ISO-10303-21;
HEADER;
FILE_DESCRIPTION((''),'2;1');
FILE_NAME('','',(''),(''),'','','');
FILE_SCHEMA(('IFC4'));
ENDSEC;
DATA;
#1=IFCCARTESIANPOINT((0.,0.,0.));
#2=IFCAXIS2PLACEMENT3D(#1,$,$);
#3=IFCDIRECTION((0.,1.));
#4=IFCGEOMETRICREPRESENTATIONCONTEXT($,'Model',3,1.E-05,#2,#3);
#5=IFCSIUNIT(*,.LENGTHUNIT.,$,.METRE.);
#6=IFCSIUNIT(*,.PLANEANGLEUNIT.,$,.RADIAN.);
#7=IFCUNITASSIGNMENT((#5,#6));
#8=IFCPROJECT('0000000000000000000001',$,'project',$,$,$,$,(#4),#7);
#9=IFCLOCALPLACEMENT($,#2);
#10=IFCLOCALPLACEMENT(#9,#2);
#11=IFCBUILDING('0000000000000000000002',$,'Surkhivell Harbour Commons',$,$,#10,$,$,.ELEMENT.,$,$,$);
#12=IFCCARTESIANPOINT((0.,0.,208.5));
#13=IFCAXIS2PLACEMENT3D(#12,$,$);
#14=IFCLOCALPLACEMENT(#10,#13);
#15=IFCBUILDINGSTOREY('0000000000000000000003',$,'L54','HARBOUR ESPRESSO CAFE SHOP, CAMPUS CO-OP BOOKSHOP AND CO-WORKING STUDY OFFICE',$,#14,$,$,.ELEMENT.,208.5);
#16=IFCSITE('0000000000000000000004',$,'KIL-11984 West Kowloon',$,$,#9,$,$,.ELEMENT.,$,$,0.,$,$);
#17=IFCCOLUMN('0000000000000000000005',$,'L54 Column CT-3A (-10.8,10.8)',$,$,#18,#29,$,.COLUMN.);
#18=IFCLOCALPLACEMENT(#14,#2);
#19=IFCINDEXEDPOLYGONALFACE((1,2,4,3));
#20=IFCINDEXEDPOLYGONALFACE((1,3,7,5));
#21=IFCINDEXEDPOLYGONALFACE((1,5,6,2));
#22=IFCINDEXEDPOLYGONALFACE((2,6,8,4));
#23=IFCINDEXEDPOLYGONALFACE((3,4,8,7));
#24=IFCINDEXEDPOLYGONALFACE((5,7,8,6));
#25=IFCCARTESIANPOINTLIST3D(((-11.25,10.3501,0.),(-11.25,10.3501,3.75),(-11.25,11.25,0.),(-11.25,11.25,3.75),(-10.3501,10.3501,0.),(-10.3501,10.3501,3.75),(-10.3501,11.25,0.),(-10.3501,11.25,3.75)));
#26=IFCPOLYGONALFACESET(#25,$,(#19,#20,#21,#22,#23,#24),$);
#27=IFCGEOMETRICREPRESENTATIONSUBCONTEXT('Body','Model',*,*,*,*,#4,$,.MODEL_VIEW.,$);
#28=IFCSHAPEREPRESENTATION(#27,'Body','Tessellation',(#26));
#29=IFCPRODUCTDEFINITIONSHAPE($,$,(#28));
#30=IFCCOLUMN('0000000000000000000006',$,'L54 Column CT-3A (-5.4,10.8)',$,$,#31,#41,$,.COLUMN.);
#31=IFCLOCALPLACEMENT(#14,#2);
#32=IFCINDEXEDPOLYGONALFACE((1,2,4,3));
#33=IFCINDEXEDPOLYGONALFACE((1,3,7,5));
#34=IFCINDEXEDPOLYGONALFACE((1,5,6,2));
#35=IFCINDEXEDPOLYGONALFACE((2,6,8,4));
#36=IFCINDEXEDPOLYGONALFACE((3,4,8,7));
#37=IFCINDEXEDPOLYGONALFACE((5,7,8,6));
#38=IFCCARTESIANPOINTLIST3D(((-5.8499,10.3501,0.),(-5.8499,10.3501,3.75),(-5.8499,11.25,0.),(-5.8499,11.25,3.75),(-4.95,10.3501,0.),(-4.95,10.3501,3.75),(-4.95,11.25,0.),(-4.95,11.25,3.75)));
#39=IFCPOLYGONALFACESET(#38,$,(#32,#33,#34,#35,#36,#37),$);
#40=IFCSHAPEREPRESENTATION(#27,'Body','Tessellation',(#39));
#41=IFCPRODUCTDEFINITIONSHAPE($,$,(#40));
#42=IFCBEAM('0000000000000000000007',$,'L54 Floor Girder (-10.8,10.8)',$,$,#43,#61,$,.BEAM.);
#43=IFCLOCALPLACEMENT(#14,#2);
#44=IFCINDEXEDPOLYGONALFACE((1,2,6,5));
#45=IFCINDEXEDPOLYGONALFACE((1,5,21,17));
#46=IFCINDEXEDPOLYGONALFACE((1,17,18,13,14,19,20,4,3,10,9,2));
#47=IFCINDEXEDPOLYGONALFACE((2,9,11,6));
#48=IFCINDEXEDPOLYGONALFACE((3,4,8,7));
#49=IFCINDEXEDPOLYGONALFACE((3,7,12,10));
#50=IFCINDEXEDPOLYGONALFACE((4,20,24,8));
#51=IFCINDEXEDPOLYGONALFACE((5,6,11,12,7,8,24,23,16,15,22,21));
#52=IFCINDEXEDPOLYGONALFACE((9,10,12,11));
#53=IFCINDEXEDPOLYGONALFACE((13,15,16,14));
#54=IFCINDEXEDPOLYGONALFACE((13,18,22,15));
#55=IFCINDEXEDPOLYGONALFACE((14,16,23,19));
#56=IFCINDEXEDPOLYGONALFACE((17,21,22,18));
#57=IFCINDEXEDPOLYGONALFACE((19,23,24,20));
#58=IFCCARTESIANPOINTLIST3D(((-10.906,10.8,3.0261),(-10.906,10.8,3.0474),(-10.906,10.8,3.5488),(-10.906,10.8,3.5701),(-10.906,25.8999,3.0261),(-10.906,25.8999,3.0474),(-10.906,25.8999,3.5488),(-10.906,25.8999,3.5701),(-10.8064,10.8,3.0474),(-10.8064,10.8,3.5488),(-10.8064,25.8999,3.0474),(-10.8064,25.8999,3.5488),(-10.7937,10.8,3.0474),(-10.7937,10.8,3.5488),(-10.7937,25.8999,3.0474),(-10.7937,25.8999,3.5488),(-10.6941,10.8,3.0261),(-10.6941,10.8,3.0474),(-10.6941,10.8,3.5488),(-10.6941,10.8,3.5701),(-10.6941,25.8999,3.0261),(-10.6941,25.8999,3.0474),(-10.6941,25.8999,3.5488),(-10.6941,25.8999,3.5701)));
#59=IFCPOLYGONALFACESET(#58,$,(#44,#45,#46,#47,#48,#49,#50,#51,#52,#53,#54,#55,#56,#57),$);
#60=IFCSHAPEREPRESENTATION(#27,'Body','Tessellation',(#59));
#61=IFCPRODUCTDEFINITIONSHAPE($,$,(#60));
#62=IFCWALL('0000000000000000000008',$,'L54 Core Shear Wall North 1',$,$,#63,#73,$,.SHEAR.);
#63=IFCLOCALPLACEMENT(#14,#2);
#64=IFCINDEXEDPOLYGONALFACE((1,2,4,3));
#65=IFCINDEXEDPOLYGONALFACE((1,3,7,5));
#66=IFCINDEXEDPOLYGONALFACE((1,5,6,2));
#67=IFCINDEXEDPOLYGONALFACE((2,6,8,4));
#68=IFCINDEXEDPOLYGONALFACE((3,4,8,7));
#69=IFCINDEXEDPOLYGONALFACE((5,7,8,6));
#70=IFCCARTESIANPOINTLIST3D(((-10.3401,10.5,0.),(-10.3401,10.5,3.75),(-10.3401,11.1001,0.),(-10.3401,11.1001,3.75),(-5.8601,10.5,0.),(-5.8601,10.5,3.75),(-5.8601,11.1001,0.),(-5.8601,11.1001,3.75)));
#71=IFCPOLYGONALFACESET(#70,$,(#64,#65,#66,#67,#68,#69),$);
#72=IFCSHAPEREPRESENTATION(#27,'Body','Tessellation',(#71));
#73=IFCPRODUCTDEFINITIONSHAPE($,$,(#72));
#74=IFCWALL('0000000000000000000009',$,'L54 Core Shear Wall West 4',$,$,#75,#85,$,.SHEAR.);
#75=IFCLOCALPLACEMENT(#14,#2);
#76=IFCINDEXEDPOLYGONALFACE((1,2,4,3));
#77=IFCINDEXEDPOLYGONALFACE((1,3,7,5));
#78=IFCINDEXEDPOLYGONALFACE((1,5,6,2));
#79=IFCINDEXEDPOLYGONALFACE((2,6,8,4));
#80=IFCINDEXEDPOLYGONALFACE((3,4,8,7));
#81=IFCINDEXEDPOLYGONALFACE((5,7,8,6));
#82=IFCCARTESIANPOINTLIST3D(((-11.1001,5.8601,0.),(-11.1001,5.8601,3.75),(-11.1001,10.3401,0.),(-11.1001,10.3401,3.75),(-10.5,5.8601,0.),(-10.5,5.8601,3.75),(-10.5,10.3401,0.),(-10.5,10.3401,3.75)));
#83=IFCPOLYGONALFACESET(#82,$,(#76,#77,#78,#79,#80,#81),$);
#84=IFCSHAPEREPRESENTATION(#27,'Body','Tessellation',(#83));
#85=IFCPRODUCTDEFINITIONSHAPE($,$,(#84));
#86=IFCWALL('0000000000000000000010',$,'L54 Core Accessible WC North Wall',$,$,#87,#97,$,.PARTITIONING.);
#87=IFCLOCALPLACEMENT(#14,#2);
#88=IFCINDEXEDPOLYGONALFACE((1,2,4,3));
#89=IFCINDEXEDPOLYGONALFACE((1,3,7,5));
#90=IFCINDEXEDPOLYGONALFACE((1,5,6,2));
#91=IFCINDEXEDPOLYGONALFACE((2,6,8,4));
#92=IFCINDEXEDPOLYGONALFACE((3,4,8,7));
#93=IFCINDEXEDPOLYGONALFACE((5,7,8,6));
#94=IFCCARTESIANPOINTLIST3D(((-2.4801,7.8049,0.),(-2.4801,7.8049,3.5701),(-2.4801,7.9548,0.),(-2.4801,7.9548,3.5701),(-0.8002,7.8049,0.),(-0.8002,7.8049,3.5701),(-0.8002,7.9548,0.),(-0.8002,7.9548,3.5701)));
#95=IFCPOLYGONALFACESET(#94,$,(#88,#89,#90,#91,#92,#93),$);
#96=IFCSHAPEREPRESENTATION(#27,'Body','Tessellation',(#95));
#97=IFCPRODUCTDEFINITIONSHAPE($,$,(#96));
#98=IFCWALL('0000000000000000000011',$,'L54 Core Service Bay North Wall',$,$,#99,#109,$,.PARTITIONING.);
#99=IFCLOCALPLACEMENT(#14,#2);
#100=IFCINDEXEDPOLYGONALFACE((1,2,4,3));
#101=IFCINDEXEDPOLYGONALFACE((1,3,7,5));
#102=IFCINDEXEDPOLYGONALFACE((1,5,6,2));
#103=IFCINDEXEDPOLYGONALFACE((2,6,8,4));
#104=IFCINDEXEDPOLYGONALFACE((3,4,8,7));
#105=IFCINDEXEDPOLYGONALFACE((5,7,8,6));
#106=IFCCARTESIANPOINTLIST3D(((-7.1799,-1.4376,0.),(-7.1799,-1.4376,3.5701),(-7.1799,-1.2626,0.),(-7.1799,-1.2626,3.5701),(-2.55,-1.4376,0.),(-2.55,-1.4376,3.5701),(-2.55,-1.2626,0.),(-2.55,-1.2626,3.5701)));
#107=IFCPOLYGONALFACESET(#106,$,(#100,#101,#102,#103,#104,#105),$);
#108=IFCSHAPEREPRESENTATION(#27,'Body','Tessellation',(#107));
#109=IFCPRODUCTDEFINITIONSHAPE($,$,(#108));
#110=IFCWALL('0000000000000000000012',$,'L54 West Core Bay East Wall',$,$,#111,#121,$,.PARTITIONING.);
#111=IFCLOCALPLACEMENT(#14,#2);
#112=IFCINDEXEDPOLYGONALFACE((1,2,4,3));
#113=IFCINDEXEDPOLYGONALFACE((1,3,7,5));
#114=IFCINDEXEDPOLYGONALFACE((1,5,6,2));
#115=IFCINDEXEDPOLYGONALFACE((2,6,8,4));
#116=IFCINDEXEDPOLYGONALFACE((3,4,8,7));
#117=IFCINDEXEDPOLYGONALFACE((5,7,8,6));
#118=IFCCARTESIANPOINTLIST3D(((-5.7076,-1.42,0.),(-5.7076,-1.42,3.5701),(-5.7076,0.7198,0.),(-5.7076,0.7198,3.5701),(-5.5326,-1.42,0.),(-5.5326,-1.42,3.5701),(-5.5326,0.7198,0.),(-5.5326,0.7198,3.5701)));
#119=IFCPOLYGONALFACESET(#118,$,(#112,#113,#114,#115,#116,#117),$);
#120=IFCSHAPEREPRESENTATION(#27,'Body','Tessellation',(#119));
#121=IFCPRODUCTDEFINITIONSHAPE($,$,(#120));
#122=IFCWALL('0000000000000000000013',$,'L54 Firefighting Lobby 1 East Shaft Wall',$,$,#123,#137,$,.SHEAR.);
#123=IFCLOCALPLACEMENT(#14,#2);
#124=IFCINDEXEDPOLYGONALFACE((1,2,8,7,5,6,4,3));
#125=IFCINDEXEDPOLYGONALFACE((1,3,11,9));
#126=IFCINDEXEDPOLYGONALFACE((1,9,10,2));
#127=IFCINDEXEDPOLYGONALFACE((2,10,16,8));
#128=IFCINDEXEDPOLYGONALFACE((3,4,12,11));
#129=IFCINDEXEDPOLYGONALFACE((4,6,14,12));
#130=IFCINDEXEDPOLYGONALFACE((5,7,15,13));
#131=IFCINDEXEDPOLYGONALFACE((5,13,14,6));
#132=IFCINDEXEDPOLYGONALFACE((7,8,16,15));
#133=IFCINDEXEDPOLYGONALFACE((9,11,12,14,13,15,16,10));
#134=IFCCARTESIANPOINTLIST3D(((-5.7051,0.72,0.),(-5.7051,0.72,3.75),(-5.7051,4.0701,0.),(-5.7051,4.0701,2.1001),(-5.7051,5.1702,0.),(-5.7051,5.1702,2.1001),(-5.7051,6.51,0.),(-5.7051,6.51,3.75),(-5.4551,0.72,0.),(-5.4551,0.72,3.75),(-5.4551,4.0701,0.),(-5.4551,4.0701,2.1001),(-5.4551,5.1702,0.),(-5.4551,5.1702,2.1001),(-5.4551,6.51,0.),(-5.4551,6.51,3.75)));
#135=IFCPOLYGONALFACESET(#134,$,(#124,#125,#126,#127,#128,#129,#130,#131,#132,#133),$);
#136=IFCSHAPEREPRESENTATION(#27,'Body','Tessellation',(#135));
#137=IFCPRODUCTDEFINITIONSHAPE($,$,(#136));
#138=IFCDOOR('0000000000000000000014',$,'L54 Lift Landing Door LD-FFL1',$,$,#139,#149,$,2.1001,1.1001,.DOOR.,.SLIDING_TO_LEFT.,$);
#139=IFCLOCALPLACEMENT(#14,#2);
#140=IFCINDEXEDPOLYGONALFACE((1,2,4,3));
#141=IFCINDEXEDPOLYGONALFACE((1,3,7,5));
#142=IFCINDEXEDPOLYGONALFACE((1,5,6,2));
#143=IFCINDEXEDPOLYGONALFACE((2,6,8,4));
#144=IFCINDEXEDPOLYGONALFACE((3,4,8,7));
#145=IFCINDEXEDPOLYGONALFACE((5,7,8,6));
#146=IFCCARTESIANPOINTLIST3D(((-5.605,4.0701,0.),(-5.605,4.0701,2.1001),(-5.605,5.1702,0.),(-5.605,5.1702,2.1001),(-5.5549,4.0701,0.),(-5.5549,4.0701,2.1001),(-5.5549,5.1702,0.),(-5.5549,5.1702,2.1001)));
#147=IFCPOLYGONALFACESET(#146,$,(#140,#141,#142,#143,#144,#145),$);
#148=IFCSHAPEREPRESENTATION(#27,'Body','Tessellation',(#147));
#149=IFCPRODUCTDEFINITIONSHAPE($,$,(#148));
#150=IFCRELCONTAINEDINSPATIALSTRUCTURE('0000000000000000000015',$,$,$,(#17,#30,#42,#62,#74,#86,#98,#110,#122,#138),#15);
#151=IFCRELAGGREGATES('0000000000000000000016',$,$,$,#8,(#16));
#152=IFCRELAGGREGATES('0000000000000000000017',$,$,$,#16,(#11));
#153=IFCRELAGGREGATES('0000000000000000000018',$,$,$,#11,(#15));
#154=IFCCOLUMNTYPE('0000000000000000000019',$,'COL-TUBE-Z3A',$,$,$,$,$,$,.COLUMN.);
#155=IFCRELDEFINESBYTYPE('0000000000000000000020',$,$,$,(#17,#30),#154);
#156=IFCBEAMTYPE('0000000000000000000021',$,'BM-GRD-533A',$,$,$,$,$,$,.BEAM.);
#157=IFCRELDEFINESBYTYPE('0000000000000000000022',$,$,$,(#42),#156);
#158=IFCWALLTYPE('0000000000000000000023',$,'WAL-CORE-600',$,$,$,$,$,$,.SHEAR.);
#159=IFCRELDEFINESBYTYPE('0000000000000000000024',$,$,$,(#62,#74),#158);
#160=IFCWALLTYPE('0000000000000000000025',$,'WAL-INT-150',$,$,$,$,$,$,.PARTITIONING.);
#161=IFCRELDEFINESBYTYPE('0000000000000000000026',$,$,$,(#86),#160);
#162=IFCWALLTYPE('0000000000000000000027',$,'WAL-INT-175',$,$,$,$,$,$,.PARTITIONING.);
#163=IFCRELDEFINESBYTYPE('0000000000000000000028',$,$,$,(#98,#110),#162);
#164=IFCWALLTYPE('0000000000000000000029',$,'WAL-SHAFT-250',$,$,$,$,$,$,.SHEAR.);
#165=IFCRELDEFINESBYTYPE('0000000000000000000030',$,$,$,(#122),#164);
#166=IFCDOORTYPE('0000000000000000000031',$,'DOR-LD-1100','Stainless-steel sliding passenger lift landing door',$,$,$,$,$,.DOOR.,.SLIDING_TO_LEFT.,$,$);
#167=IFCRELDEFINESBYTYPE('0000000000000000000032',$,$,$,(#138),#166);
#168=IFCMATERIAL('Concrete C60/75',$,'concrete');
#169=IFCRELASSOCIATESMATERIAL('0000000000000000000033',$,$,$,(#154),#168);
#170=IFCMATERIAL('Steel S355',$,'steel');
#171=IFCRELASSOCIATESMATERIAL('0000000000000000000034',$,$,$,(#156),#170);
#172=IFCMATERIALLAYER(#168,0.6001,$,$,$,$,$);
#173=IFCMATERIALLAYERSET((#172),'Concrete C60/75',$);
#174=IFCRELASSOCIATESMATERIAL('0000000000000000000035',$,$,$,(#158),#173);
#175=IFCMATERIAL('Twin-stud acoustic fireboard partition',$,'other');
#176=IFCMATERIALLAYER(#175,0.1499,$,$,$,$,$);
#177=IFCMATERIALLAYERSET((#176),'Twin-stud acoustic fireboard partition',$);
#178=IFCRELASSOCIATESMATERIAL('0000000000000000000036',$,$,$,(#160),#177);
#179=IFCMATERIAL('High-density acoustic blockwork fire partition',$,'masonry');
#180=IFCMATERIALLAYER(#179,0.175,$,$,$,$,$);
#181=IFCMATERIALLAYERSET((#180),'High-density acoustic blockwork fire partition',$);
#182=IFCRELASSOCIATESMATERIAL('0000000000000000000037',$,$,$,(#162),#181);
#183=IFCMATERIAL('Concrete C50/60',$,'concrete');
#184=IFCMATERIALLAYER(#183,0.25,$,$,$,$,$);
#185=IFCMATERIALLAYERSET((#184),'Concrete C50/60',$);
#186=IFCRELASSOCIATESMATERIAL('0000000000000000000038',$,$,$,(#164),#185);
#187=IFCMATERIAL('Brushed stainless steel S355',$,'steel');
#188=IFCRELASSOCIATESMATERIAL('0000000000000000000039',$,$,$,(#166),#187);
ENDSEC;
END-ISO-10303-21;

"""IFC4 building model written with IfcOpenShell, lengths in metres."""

from ifc_helpers import new_model, si_unit, direction, frame, frame_2d, origin, origin_2d, place, context, subcontext, project, spatial, rectangle, i_section, extrude, material, layer, layer_set, material_profile, profile_set, type_object, element, fill, save


model = new_model("IFC4")

# Units and contexts
model_context = context("Model", 3, precision=1e-05, world=origin(), true_north=direction((0.0, 1.0)))
body_context = subcontext(model_context, "Body", "Model", "MODEL_VIEW")
ifc_project = project(units=[si_unit("LENGTHUNIT", "METRE"), si_unit("PLANEANGLEUNIT", "RADIAN")], contexts=[model_context])

# Site, building, storey
site_placement = place(None, origin())
site = spatial("IfcSite", under=ifc_project, at=site_placement, Name="KIL-11984 West Kowloon", CompositionType="ELEMENT", RefElevation=0.0)
building_placement = place(site_placement, origin())
building = spatial("IfcBuilding", under=site, at=building_placement, Name="Surkhivell Harbour Commons", CompositionType="ELEMENT")
storey_placement = place(building_placement, frame((0.0, 0.0, 208.5)))
storey = spatial("IfcBuildingStorey", under=building, at=storey_placement, Name="L54", Description="HARBOUR ESPRESSO CAFE SHOP, CAMPUS CO-OP BOOKSHOP AND CO-WORKING STUDY OFFICE", CompositionType="ELEMENT", Elevation=208.5)

# Columns
ifc_material_1 = material(Name="Concrete C60/75", Category="concrete")
ifc_material_profile_1 = material_profile(ifc_material_1, rectangle(XDim=0.8999, YDim=0.8999, at=origin_2d()), Name="RC-COL-900x900")
ifc_profile_set_1 = profile_set([ifc_material_profile_1], Name="Concrete C60/75")
column_type = type_object("IfcColumnType", Name="COL-TUBE-Z3A", PredefinedType="COLUMN", material=ifc_profile_set_1)
for number, where, z_axis, x_axis, name in (
    (1, (-10.8, 10.8, 0.0), (0.0, 0.0, 1.0), (1.0, 0.0, 0.0), "L54 Column CT-3A (-10.8,10.8)"),
    (2, (-5.3999, 10.8, 0.0), (0.0, 0.0, 1.0), (1.0, 0.0, 0.0), "L54 Column CT-3A (-5.4,10.8)"),
):
    element("IfcColumn", number, at=place(storey_placement, frame(where, z_axis=z_axis, x_axis=x_axis)), inside=storey, type_object=column_type, Name=name, PredefinedType="COLUMN", context=body_context, shape_type="SweptSolid", body=[
        extrude(rectangle(XDim=0.8999, YDim=0.8999, at=origin_2d()), origin(), (0.0, 0.0, 1.0), 3.75),
    ])

# Beam
ifc_material_2 = material(Name="Steel S355", Category="steel")
ifc_material_profile_2 = material_profile(ifc_material_2, i_section(OverallWidth=0.2119, OverallDepth=0.5439, WebThickness=0.0127, FlangeThickness=0.0212, at=origin_2d()), Name="UB533x210x122")
ifc_profile_set_2 = profile_set([ifc_material_profile_2], Name="Steel S355")
beam_type = type_object("IfcBeamType", Name="BM-GRD-533A", PredefinedType="BEAM", material=ifc_profile_set_2)
beam_placement = place(storey_placement, frame((-10.8, 10.8, 3.2981), z_axis=(0.0, 1.0, 0.0), x_axis=(-1.0, 0.0, 0.0)))
element("IfcBeam", 3, at=beam_placement, inside=storey, type_object=beam_type, Name="L54 Floor Girder (-10.8,10.8)", PredefinedType="BEAM", context=body_context, shape_type="SweptSolid", body=[
    extrude(i_section(OverallWidth=0.2119, OverallDepth=0.5439, WebThickness=0.0127, FlangeThickness=0.0212, at=origin_2d()), origin(), (0.0, 0.0, 1.0), 15.0999),
])

# Walls
ifc_layer_1 = layer(ifc_material_1, 0.6001)
ifc_layer_set_1 = layer_set([ifc_layer_1], Name="Concrete C60/75")
wall_type_1 = type_object("IfcWallType", Name="WAL-CORE-600", PredefinedType="SHEAR", material=ifc_layer_set_1)
for number, where, z_axis, x_axis, name in (
    (4, (-10.3401, 10.8, 0.0), (0.0, 0.0, 1.0), (1.0, 0.0, 0.0), "L54 Core Shear Wall North 1"),
    (5, (-10.8, 5.8601, 0.0), (0.0, 0.0, 1.0), (0.0, 1.0, 0.0), "L54 Core Shear Wall West 4"),
):
    element("IfcWall", number, at=place(storey_placement, frame(where, z_axis=z_axis, x_axis=x_axis)), inside=storey, type_object=wall_type_1, Name=name, PredefinedType="SHEAR", context=body_context, shape_type="SweptSolid", body=[
        extrude(rectangle(XDim=4.48, YDim=0.6001, at=frame_2d((2.24, 0.0))), origin(), (0.0, 0.0, 1.0), 3.75),
    ])
ifc_material_3 = material(Name="Twin-stud acoustic fireboard partition", Category="other")
ifc_layer_2 = layer(ifc_material_3, 0.1499)
ifc_layer_set_2 = layer_set([ifc_layer_2], Name="Twin-stud acoustic fireboard partition")
wall_type_2 = type_object("IfcWallType", Name="WAL-INT-150", PredefinedType="PARTITIONING", material=ifc_layer_set_2)
wall_1_placement = place(storey_placement, frame((-2.48, 7.8799, 0.0), z_axis=(0.0, 0.0, 1.0), x_axis=(1.0, 0.0, 0.0)))
element("IfcWall", 6, at=wall_1_placement, inside=storey, type_object=wall_type_2, Name="L54 Core Accessible WC North Wall", PredefinedType="PARTITIONING", context=body_context, shape_type="SweptSolid", body=[
    extrude(rectangle(XDim=1.6799, YDim=0.1499, at=frame_2d((0.8398, 0.0))), origin(), (0.0, 0.0, 1.0), 3.5701),
])
ifc_material_4 = material(Name="High-density acoustic blockwork fire partition", Category="masonry")
ifc_layer_3 = layer(ifc_material_4, 0.175)
ifc_layer_set_3 = layer_set([ifc_layer_3], Name="High-density acoustic blockwork fire partition")
wall_type_3 = type_object("IfcWallType", Name="WAL-INT-175", PredefinedType="PARTITIONING", material=ifc_layer_set_3)
wall_2_placement = place(storey_placement, frame((-7.1799, -1.3501, 0.0), z_axis=(0.0, 0.0, 1.0), x_axis=(1.0, 0.0, 0.0)))
element("IfcWall", 7, at=wall_2_placement, inside=storey, type_object=wall_type_3, Name="L54 Core Service Bay North Wall", PredefinedType="PARTITIONING", context=body_context, shape_type="SweptSolid", body=[
    extrude(rectangle(XDim=4.6299, YDim=0.175, at=frame_2d((2.3149, 0.0))), origin(), (0.0, 0.0, 1.0), 3.5701),
])
wall_3_placement = place(storey_placement, frame((-5.6201, -1.4199, 0.0), z_axis=(0.0, 0.0, 1.0), x_axis=(0.0, 1.0, 0.0)))
element("IfcWall", 8, at=wall_3_placement, inside=storey, type_object=wall_type_3, Name="L54 West Core Bay East Wall", PredefinedType="PARTITIONING", context=body_context, shape_type="SweptSolid", body=[
    extrude(rectangle(XDim=2.1399, YDim=0.175, at=frame_2d((1.0698, 0.0))), origin(), (0.0, 0.0, 1.0), 3.5701),
])

# Wall, opening, door
ifc_material_5 = material(Name="Concrete C50/60", Category="concrete")
ifc_layer_4 = layer(ifc_material_5, 0.25)
ifc_layer_set_4 = layer_set([ifc_layer_4], Name="Concrete C50/60")
wall_type_4 = type_object("IfcWallType", Name="WAL-SHAFT-250", PredefinedType="SHEAR", material=ifc_layer_set_4)
wall_4_placement = place(storey_placement, frame((-5.5801, 0.72, 0.0), z_axis=(0.0, 0.0, 1.0), x_axis=(0.0, 1.0, 0.0)))
wall_4 = element("IfcWall", 9, at=wall_4_placement, inside=storey, type_object=wall_type_4, Name="L54 Firefighting Lobby 1 East Shaft Wall", PredefinedType="SHEAR", context=body_context, shape_type="SweptSolid", body=[
    extrude(rectangle(XDim=5.79, YDim=0.25, at=frame_2d((2.895, 0.0))), origin(), (0.0, 0.0, 1.0), 3.75),
])
opening_1_placement = place(wall_4_placement, frame((3.3501, 0.0, 0.0)))
opening_1 = element("IfcOpeningElement", 10, at=opening_1_placement, cuts=wall_4, PredefinedType="OPENING", context=body_context, shape_type="SweptSolid", body=[
    extrude(rectangle(XDim=1.1001, YDim=2.1001, at=frame_2d((0.55, 1.05))), frame((0.0, 0.135, 0.0), z_axis=(0.0, -1.0, 0.0), x_axis=(1.0, 0.0, 0.0)), (0.0, 0.0, 1.0), 0.27),
])
ifc_material_6 = material(Name="Brushed stainless steel S355", Category="steel")
door_type_1 = type_object("IfcDoorType", Name="DOR-LD-1100", Description="Stainless-steel sliding passenger lift landing door", OperationType="SLIDING_TO_LEFT", PredefinedType="DOOR", material=ifc_material_6)
door_1_placement = place(opening_1_placement, origin())
door_1 = element("IfcDoor", 11, at=door_1_placement, inside=storey, type_object=door_type_1, Name="L54 Lift Landing Door LD-FFL1", OperationType="SLIDING_TO_LEFT", OverallHeight=2.1001, OverallWidth=1.1001, PredefinedType="DOOR", context=body_context, shape_type="SweptSolid", body=[
    extrude(rectangle(XDim=1.1001, YDim=2.1001, at=frame_2d((0.55, 1.05))), frame((0.0, 0.0249, 0.0), z_axis=(0.0, -1.0, 0.0), x_axis=(1.0, 0.0, 0.0)), (0.0, 0.0, 1.0), 0.05),
])
fill(opening_1, door_1)

save(model, "model.ifc")
